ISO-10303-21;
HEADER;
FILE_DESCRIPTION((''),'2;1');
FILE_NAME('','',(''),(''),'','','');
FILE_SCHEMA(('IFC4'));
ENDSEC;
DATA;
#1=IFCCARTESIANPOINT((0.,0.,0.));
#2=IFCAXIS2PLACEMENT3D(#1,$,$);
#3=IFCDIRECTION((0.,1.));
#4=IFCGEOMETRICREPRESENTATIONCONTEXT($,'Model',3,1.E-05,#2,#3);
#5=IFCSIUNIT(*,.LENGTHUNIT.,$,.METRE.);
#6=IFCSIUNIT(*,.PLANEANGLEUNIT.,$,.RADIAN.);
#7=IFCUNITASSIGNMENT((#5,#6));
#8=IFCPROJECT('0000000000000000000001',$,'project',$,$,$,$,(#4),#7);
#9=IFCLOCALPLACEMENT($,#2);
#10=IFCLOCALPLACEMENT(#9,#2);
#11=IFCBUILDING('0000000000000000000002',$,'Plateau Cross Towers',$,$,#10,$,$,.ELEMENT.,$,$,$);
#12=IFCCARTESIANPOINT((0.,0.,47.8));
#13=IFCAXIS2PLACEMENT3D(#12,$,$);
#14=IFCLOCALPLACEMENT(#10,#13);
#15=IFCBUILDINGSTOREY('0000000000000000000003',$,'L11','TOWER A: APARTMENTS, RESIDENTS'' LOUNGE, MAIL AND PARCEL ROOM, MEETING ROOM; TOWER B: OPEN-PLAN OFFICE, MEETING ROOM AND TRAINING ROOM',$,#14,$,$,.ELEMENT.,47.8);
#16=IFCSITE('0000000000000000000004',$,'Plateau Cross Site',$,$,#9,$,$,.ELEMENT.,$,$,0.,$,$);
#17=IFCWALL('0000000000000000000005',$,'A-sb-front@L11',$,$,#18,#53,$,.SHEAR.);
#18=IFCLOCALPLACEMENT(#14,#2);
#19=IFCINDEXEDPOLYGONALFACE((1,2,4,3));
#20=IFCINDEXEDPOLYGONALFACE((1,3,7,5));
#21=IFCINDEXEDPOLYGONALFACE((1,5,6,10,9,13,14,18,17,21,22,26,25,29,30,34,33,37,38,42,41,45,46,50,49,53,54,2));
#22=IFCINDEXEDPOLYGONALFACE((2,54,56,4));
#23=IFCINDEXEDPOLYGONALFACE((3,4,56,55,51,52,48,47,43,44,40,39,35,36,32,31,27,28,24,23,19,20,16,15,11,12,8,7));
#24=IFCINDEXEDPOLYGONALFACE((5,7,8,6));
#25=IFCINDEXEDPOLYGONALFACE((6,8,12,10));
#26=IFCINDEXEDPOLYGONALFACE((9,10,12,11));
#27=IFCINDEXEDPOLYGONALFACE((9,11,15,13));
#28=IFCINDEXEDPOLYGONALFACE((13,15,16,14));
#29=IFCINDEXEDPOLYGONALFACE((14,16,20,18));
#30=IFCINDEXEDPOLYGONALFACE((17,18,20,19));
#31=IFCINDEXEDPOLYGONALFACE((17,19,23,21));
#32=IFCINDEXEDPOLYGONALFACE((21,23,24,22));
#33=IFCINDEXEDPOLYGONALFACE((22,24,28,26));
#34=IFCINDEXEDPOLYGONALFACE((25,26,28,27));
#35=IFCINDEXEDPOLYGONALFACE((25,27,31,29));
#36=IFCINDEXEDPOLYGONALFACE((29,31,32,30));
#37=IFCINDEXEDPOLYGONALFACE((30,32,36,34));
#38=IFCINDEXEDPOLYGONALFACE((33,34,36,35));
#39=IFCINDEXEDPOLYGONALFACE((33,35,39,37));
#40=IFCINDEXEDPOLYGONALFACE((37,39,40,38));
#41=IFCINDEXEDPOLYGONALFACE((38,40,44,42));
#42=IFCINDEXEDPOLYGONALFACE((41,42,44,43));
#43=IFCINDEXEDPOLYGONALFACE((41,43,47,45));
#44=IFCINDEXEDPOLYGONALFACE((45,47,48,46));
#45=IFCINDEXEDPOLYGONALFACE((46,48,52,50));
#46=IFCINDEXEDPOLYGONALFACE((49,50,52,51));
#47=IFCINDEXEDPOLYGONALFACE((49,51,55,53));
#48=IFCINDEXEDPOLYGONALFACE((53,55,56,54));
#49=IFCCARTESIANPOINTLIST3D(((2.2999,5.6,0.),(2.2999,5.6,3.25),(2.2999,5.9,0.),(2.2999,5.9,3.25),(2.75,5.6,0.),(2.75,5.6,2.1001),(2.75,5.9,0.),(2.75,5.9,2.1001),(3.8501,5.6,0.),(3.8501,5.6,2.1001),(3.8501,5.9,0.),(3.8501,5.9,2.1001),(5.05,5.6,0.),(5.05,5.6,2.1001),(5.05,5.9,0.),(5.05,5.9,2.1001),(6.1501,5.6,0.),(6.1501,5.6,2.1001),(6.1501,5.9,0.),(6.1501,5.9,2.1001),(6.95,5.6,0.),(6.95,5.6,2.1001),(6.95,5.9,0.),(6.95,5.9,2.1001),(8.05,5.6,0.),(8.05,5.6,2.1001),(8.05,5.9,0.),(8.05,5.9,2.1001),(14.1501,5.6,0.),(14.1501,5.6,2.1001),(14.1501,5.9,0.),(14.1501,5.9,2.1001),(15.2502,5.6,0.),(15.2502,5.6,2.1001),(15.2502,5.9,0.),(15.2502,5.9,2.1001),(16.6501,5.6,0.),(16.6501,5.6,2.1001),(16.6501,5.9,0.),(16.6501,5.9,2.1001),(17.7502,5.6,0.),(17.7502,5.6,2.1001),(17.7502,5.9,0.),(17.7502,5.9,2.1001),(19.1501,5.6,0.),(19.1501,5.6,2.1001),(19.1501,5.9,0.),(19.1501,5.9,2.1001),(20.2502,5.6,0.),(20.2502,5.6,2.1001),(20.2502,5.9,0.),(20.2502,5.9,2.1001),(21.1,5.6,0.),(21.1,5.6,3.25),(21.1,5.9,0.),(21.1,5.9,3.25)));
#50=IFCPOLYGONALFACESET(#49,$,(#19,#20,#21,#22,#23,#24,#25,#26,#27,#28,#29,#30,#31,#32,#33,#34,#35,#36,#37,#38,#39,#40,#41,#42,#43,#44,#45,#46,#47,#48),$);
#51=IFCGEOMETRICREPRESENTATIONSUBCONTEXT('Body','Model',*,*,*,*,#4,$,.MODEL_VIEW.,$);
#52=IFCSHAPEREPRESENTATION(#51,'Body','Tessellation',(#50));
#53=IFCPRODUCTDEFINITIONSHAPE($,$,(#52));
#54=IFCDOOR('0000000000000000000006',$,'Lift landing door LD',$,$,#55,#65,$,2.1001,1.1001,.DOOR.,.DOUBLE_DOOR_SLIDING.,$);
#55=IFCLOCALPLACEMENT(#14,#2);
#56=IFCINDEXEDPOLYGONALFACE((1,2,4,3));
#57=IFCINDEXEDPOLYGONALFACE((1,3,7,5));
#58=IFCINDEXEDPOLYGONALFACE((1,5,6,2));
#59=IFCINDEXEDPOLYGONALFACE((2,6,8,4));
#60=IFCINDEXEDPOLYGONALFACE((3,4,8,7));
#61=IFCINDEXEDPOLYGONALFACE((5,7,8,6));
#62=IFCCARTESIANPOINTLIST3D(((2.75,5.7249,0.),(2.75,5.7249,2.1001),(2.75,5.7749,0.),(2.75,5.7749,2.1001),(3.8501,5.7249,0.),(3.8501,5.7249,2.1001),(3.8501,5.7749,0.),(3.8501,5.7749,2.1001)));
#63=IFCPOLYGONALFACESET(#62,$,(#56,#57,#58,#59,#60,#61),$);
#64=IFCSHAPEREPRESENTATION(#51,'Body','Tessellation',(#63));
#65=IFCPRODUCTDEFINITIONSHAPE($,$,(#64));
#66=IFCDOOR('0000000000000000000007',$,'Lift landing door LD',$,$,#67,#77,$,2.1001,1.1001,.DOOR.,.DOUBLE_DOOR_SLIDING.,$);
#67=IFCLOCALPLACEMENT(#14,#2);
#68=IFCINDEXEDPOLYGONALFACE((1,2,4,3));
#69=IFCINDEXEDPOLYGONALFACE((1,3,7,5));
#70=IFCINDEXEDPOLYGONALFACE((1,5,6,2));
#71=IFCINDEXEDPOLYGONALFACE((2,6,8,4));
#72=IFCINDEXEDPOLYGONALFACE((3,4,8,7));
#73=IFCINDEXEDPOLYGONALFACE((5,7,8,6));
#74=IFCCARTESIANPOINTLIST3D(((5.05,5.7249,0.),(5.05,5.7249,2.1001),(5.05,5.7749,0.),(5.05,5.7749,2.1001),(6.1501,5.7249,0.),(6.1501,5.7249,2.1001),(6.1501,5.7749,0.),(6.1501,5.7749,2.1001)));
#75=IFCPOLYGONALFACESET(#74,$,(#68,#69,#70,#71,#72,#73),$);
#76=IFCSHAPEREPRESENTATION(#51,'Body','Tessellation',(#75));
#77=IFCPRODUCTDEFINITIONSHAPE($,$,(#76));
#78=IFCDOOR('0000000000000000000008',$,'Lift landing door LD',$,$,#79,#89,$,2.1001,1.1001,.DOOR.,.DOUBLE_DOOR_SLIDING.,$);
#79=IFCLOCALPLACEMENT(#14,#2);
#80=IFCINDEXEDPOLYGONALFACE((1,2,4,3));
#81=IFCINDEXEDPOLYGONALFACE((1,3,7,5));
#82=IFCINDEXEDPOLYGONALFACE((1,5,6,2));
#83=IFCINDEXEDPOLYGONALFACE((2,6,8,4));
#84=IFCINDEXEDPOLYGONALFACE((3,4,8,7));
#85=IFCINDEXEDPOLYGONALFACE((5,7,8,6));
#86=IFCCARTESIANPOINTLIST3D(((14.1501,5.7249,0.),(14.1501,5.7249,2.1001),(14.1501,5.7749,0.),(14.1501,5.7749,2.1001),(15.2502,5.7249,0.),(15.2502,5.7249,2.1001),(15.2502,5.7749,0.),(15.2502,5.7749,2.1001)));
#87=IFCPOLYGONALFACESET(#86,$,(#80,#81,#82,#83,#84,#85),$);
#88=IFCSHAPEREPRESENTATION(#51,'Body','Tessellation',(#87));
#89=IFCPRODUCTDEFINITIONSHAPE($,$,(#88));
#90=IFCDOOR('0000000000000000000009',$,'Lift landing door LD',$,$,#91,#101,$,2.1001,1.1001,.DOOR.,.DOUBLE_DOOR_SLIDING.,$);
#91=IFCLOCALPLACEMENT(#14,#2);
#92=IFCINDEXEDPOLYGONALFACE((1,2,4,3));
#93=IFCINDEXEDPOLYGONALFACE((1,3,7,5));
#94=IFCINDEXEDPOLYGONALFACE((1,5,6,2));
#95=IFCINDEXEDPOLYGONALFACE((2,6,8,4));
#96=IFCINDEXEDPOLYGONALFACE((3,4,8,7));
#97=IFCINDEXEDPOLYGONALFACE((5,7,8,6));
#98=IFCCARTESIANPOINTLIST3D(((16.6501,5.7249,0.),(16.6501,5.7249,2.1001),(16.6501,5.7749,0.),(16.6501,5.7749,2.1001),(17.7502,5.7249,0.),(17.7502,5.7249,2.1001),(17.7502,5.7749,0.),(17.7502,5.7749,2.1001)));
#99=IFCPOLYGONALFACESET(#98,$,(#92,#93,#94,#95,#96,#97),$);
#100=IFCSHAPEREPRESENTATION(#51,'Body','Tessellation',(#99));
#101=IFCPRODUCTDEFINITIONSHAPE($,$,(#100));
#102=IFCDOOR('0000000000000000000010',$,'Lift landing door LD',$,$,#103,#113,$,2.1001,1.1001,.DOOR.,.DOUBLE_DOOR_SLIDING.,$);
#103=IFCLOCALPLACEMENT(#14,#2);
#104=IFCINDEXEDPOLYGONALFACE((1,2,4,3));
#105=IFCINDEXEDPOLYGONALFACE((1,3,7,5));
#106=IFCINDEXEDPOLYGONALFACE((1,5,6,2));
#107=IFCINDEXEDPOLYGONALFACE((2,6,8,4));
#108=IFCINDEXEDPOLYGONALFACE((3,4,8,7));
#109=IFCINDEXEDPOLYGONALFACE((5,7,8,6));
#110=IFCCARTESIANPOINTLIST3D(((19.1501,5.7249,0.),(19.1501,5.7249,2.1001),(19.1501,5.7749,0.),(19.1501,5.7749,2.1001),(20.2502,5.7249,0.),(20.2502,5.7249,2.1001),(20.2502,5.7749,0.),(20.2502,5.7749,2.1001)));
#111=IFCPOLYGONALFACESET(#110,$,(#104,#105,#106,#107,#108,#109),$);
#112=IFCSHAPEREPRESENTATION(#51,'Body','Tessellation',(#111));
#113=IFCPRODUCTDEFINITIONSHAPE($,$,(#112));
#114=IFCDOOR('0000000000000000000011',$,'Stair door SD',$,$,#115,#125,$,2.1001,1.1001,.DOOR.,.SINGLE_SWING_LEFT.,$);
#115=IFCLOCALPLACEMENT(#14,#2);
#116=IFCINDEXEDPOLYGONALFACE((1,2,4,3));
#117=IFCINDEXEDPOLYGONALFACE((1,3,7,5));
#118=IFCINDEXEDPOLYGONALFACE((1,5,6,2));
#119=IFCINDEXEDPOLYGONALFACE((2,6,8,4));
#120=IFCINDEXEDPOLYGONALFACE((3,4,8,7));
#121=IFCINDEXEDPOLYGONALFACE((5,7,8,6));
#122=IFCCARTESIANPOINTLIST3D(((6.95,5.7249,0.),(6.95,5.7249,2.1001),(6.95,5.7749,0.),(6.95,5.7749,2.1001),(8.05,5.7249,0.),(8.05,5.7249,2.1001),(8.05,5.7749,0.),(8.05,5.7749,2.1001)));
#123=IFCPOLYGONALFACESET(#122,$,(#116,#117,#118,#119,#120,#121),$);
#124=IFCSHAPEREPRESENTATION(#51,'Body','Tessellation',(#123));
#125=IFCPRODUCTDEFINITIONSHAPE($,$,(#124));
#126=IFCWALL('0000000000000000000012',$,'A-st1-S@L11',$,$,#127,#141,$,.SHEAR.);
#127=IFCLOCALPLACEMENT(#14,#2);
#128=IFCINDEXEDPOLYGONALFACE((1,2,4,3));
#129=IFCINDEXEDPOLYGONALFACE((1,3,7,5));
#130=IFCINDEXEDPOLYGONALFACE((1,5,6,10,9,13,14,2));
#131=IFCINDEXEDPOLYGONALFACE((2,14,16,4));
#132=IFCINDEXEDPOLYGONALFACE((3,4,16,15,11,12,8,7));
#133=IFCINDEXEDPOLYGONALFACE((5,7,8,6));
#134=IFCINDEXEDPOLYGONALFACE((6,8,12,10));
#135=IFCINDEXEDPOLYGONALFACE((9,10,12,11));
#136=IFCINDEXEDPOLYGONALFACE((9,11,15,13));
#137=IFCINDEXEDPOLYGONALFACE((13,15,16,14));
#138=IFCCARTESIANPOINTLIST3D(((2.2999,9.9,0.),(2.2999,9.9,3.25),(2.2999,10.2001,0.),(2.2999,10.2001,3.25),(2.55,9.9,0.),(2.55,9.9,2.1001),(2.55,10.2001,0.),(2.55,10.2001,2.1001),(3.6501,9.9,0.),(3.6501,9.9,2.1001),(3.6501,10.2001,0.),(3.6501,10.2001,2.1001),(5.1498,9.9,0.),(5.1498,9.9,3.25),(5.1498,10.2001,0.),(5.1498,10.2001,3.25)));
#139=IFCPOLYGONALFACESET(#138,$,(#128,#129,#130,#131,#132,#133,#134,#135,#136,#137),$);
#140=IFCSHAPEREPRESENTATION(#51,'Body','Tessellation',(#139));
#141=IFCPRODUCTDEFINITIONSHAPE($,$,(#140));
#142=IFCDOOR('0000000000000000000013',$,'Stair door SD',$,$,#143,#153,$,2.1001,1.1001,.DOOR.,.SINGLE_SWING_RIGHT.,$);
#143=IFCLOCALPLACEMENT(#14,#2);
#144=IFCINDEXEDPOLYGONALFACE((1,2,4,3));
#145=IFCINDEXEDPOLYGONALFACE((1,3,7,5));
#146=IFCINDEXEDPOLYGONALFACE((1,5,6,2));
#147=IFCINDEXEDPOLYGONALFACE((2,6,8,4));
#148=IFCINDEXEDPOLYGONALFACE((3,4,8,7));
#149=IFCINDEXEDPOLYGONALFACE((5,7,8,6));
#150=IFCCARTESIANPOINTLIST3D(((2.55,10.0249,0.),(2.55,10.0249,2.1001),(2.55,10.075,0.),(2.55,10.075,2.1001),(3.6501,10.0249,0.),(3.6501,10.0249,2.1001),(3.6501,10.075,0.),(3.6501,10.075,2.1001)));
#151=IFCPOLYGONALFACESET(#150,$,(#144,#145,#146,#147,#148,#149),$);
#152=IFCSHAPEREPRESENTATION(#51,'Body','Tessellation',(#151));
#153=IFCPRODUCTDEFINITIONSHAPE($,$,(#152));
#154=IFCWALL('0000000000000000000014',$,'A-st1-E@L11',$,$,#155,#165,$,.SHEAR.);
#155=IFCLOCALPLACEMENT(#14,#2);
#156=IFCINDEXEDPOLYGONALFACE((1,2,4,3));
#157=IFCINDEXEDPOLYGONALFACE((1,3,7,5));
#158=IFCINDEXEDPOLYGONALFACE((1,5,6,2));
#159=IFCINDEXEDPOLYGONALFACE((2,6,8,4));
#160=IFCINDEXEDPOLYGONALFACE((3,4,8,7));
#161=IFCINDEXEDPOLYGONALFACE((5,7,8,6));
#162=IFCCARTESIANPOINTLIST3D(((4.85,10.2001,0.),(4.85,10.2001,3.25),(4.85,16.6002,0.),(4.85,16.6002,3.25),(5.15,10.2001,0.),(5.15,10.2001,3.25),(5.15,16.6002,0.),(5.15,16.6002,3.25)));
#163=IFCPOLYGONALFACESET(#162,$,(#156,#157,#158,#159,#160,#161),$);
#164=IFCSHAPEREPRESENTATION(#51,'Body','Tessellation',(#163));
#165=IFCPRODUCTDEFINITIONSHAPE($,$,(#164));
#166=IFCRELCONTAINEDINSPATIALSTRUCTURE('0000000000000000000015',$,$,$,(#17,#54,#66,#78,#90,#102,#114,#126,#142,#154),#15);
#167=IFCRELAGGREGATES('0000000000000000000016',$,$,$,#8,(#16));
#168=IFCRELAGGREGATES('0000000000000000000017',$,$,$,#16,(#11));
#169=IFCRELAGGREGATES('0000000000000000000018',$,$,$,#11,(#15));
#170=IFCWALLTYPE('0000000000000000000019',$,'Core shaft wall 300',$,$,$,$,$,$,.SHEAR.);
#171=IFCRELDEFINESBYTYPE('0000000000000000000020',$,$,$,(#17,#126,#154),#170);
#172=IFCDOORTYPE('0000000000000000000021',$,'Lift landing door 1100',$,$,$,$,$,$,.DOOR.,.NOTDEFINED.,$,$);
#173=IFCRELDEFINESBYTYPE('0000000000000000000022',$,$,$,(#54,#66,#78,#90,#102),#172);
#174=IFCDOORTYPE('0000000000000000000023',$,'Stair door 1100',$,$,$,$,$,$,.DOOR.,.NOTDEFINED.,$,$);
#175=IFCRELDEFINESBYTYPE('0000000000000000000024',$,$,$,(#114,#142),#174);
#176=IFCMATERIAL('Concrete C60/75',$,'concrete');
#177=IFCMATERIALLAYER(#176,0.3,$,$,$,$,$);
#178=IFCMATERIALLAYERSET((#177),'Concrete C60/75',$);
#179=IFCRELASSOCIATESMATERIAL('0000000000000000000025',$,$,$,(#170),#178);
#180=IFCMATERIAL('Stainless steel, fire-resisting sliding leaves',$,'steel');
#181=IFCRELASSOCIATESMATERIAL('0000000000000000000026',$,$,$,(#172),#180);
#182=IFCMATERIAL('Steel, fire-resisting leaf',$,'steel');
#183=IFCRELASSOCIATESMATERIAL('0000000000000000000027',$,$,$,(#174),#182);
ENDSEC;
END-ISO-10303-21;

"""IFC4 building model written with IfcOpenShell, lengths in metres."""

from ifc_helpers import new_model, si_unit, direction, frame, frame_2d, origin, place, context, subcontext, project, spatial, rectangle, extrude, material, layer, layer_set, type_object, element, fill, save


model = new_model("IFC4")

# Units and contexts
model_context = context("Model", 3, precision=1e-05, world=origin(), true_north=direction((0.0, 1.0)))
body_context = subcontext(model_context, "Body", "Model", "MODEL_VIEW")
ifc_project = project(units=[si_unit("LENGTHUNIT", "METRE"), si_unit("PLANEANGLEUNIT", "RADIAN")], contexts=[model_context])

# Site, building, storey
site_placement = place(None, origin())
site = spatial("IfcSite", under=ifc_project, at=site_placement, Name="Plateau Cross Site", CompositionType="ELEMENT", RefElevation=0.0)
building_placement = place(site_placement, origin())
building = spatial("IfcBuilding", under=site, at=building_placement, Name="Plateau Cross Towers", CompositionType="ELEMENT")
storey_placement = place(building_placement, frame((0.0, 0.0, 47.8)))
storey = spatial("IfcBuildingStorey", under=building, at=storey_placement, Name="L11", Description="TOWER A: APARTMENTS, RESIDENTS' LOUNGE, MAIL AND PARCEL ROOM, MEETING ROOM; TOWER B: OPEN-PLAN OFFICE, MEETING ROOM AND TRAINING ROOM", CompositionType="ELEMENT", Elevation=47.8)

# Shared definitions
ifc_material_1 = material(Name="Steel, fire-resisting leaf", Category="steel")

# Shared definitions
ifc_material_2 = material(Name="Concrete C60/75", Category="concrete")
ifc_layer_1 = layer(ifc_material_2, 0.3)
ifc_layer_set_1 = layer_set([ifc_layer_1], Name="Concrete C60/75")
wall_type_1 = type_object("IfcWallType", Name="Core shaft wall 300", PredefinedType="SHEAR", material=ifc_layer_set_1)

# Wall, openings, doors
wall_1_placement = place(storey_placement, frame((2.3, 5.75, 0.0), z_axis=(0.0, 0.0, 1.0), x_axis=(1.0, 0.0, 0.0)))
wall_1 = element("IfcWall", 1, at=wall_1_placement, inside=storey, type_object=wall_type_1, Name="A-sb-front@L11", PredefinedType="SHEAR", context=body_context, shape_type="SweptSolid", body=[
    extrude(rectangle(XDim=18.8, YDim=0.3, at=frame_2d((9.3999, 0.0))), origin(), (0.0, 0.0, 1.0), 3.25),
])
opening_1_placement = place(wall_1_placement, frame((4.6499, 0.0, 0.0)))
opening_1 = element("IfcOpeningElement", 2, at=opening_1_placement, cuts=wall_1, PredefinedType="OPENING", context=body_context, shape_type="SweptSolid", body=[
    extrude(rectangle(XDim=1.1001, YDim=2.1001, at=frame_2d((0.55, 1.05))), frame((0.0, 0.1599, 0.0), z_axis=(0.0, -1.0, 0.0), x_axis=(1.0, 0.0, 0.0)), (0.0, 0.0, 1.0), 0.3201),
])
opening_2_placement = place(wall_1_placement, frame((0.45, 0.0, 0.0)))
opening_2 = element("IfcOpeningElement", 3, at=opening_2_placement, cuts=wall_1, PredefinedType="OPENING", context=body_context, shape_type="SweptSolid", body=[
    extrude(rectangle(XDim=1.1001, YDim=2.1001, at=frame_2d((0.55, 1.05))), frame((0.0, 0.1599, 0.0), z_axis=(0.0, -1.0, 0.0), x_axis=(1.0, 0.0, 0.0)), (0.0, 0.0, 1.0), 0.3201),
])
opening_3_placement = place(wall_1_placement, frame((2.75, 0.0, 0.0)))
opening_3 = element("IfcOpeningElement", 4, at=opening_3_placement, cuts=wall_1, PredefinedType="OPENING", context=body_context, shape_type="SweptSolid", body=[
    extrude(rectangle(XDim=1.1001, YDim=2.1001, at=frame_2d((0.55, 1.05))), frame((0.0, 0.1599, 0.0), z_axis=(0.0, -1.0, 0.0), x_axis=(1.0, 0.0, 0.0)), (0.0, 0.0, 1.0), 0.3201),
])
opening_4_placement = place(wall_1_placement, frame((11.8501, 0.0, 0.0)))
opening_4 = element("IfcOpeningElement", 5, at=opening_4_placement, cuts=wall_1, PredefinedType="OPENING", context=body_context, shape_type="SweptSolid", body=[
    extrude(rectangle(XDim=1.1001, YDim=2.1001, at=frame_2d((0.55, 1.05))), frame((0.0, 0.1599, 0.0), z_axis=(0.0, -1.0, 0.0), x_axis=(1.0, 0.0, 0.0)), (0.0, 0.0, 1.0), 0.3201),
])
opening_5_placement = place(wall_1_placement, frame((14.3501, 0.0, 0.0)))
opening_5 = element("IfcOpeningElement", 6, at=opening_5_placement, cuts=wall_1, PredefinedType="OPENING", context=body_context, shape_type="SweptSolid", body=[
    extrude(rectangle(XDim=1.1001, YDim=2.1001, at=frame_2d((0.55, 1.05))), frame((0.0, 0.1599, 0.0), z_axis=(0.0, -1.0, 0.0), x_axis=(1.0, 0.0, 0.0)), (0.0, 0.0, 1.0), 0.3201),
])
opening_6_placement = place(wall_1_placement, frame((16.8501, 0.0, 0.0)))
opening_6 = element("IfcOpeningElement", 7, at=opening_6_placement, cuts=wall_1, PredefinedType="OPENING", context=body_context, shape_type="SweptSolid", body=[
    extrude(rectangle(XDim=1.1001, YDim=2.1001, at=frame_2d((0.55, 1.05))), frame((0.0, 0.1599, 0.0), z_axis=(0.0, -1.0, 0.0), x_axis=(1.0, 0.0, 0.0)), (0.0, 0.0, 1.0), 0.3201),
])
ifc_material_3 = material(Name="Stainless steel, fire-resisting sliding leaves", Category="steel")
door_type_1 = type_object("IfcDoorType", Name="Lift landing door 1100", OperationType="NOTDEFINED", PredefinedType="DOOR", material=ifc_material_3)
door_1_placement = place(opening_2_placement, origin())
door_1 = element("IfcDoor", 8, at=door_1_placement, inside=storey, type_object=door_type_1, Name="Lift landing door LD", OperationType="DOUBLE_DOOR_SLIDING", OverallHeight=2.1001, OverallWidth=1.1001, PredefinedType="DOOR", context=body_context, shape_type="SweptSolid", body=[
    extrude(rectangle(XDim=1.1001, YDim=2.1001, at=frame_2d((0.55, 1.05))), frame((0.0, 0.0249, 0.0), z_axis=(0.0, -1.0, 0.0), x_axis=(1.0, 0.0, 0.0)), (0.0, 0.0, 1.0), 0.05),
])
fill(opening_2, door_1)
door_2_placement = place(opening_3_placement, origin())
door_2 = element("IfcDoor", 9, at=door_2_placement, inside=storey, type_object=door_type_1, Name="Lift landing door LD", OperationType="DOUBLE_DOOR_SLIDING", OverallHeight=2.1001, OverallWidth=1.1001, PredefinedType="DOOR", context=body_context, shape_type="SweptSolid", body=[
    extrude(rectangle(XDim=1.1001, YDim=2.1001, at=frame_2d((0.55, 1.05))), frame((0.0, 0.0249, 0.0), z_axis=(0.0, -1.0, 0.0), x_axis=(1.0, 0.0, 0.0)), (0.0, 0.0, 1.0), 0.05),
])
fill(opening_3, door_2)
door_3_placement = place(opening_4_placement, origin())
door_3 = element("IfcDoor", 10, at=door_3_placement, inside=storey, type_object=door_type_1, Name="Lift landing door LD", OperationType="DOUBLE_DOOR_SLIDING", OverallHeight=2.1001, OverallWidth=1.1001, PredefinedType="DOOR", context=body_context, shape_type="SweptSolid", body=[
    extrude(rectangle(XDim=1.1001, YDim=2.1001, at=frame_2d((0.55, 1.05))), frame((0.0, 0.0249, 0.0), z_axis=(0.0, -1.0, 0.0), x_axis=(1.0, 0.0, 0.0)), (0.0, 0.0, 1.0), 0.05),
])
fill(opening_4, door_3)
door_4_placement = place(opening_5_placement, origin())
door_4 = element("IfcDoor", 11, at=door_4_placement, inside=storey, type_object=door_type_1, Name="Lift landing door LD", OperationType="DOUBLE_DOOR_SLIDING", OverallHeight=2.1001, OverallWidth=1.1001, PredefinedType="DOOR", context=body_context, shape_type="SweptSolid", body=[
    extrude(rectangle(XDim=1.1001, YDim=2.1001, at=frame_2d((0.55, 1.05))), frame((0.0, 0.0249, 0.0), z_axis=(0.0, -1.0, 0.0), x_axis=(1.0, 0.0, 0.0)), (0.0, 0.0, 1.0), 0.05),
])
fill(opening_5, door_4)
door_5_placement = place(opening_6_placement, origin())
door_5 = element("IfcDoor", 12, at=door_5_placement, inside=storey, type_object=door_type_1, Name="Lift landing door LD", OperationType="DOUBLE_DOOR_SLIDING", OverallHeight=2.1001, OverallWidth=1.1001, PredefinedType="DOOR", context=body_context, shape_type="SweptSolid", body=[
    extrude(rectangle(XDim=1.1001, YDim=2.1001, at=frame_2d((0.55, 1.05))), frame((0.0, 0.0249, 0.0), z_axis=(0.0, -1.0, 0.0), x_axis=(1.0, 0.0, 0.0)), (0.0, 0.0, 1.0), 0.05),
])
fill(opening_6, door_5)
door_type_2 = type_object("IfcDoorType", Name="Stair door 1100", OperationType="NOTDEFINED", PredefinedType="DOOR", material=ifc_material_1)
door_6_placement = place(opening_1_placement, origin())
door_6 = element("IfcDoor", 13, at=door_6_placement, inside=storey, type_object=door_type_2, Name="Stair door SD", OperationType="SINGLE_SWING_LEFT", OverallHeight=2.1001, OverallWidth=1.1001, PredefinedType="DOOR", context=body_context, shape_type="SweptSolid", body=[
    extrude(rectangle(XDim=1.1001, YDim=2.1001, at=frame_2d((0.55, 1.05))), frame((0.0, 0.0249, 0.0), z_axis=(0.0, -1.0, 0.0), x_axis=(1.0, 0.0, 0.0)), (0.0, 0.0, 1.0), 0.05),
])
fill(opening_1, door_6)

# Wall, opening, door
wall_2_placement = place(storey_placement, frame((2.3, 10.05, 0.0), z_axis=(0.0, 0.0, 1.0), x_axis=(1.0, 0.0, 0.0)))
wall_2 = element("IfcWall", 14, at=wall_2_placement, inside=storey, type_object=wall_type_1, Name="A-st1-S@L11", PredefinedType="SHEAR", context=body_context, shape_type="SweptSolid", body=[
    extrude(rectangle(XDim=2.8499, YDim=0.3, at=frame_2d((1.4248, 0.0))), origin(), (0.0, 0.0, 1.0), 3.25),
])
opening_7_placement = place(wall_2_placement, frame((0.25, 0.0, 0.0)))
opening_7 = element("IfcOpeningElement", 15, at=opening_7_placement, cuts=wall_2, PredefinedType="OPENING", context=body_context, shape_type="SweptSolid", body=[
    extrude(rectangle(XDim=1.1001, YDim=2.1001, at=frame_2d((0.55, 1.05))), frame((0.0, 0.1599, 0.0), z_axis=(0.0, -1.0, 0.0), x_axis=(1.0, 0.0, 0.0)), (0.0, 0.0, 1.0), 0.3201),
])
door_7_placement = place(opening_7_placement, origin())
door_7 = element("IfcDoor", 16, at=door_7_placement, inside=storey, type_object=door_type_2, Name="Stair door SD", OperationType="SINGLE_SWING_RIGHT", OverallHeight=2.1001, OverallWidth=1.1001, PredefinedType="DOOR", context=body_context, shape_type="SweptSolid", body=[
    extrude(rectangle(XDim=1.1001, YDim=2.1001, at=frame_2d((0.55, 1.05))), frame((0.0, 0.0249, 0.0), z_axis=(0.0, -1.0, 0.0), x_axis=(1.0, 0.0, 0.0)), (0.0, 0.0, 1.0), 0.05),
])
fill(opening_7, door_7)

# Wall
wall_3_placement = place(storey_placement, frame((5.0, 10.2, 0.0), z_axis=(0.0, 0.0, 1.0), x_axis=(0.0, 1.0, 0.0)))
element("IfcWall", 17, at=wall_3_placement, inside=storey, type_object=wall_type_1, Name="A-st1-E@L11", PredefinedType="SHEAR", context=body_context, shape_type="SweptSolid", body=[
    extrude(rectangle(XDim=6.4001, YDim=0.3, at=frame_2d((3.2002, 0.0))), origin(), (0.0, 0.0, 1.0), 3.25),
])

save(model, "model.ifc")
